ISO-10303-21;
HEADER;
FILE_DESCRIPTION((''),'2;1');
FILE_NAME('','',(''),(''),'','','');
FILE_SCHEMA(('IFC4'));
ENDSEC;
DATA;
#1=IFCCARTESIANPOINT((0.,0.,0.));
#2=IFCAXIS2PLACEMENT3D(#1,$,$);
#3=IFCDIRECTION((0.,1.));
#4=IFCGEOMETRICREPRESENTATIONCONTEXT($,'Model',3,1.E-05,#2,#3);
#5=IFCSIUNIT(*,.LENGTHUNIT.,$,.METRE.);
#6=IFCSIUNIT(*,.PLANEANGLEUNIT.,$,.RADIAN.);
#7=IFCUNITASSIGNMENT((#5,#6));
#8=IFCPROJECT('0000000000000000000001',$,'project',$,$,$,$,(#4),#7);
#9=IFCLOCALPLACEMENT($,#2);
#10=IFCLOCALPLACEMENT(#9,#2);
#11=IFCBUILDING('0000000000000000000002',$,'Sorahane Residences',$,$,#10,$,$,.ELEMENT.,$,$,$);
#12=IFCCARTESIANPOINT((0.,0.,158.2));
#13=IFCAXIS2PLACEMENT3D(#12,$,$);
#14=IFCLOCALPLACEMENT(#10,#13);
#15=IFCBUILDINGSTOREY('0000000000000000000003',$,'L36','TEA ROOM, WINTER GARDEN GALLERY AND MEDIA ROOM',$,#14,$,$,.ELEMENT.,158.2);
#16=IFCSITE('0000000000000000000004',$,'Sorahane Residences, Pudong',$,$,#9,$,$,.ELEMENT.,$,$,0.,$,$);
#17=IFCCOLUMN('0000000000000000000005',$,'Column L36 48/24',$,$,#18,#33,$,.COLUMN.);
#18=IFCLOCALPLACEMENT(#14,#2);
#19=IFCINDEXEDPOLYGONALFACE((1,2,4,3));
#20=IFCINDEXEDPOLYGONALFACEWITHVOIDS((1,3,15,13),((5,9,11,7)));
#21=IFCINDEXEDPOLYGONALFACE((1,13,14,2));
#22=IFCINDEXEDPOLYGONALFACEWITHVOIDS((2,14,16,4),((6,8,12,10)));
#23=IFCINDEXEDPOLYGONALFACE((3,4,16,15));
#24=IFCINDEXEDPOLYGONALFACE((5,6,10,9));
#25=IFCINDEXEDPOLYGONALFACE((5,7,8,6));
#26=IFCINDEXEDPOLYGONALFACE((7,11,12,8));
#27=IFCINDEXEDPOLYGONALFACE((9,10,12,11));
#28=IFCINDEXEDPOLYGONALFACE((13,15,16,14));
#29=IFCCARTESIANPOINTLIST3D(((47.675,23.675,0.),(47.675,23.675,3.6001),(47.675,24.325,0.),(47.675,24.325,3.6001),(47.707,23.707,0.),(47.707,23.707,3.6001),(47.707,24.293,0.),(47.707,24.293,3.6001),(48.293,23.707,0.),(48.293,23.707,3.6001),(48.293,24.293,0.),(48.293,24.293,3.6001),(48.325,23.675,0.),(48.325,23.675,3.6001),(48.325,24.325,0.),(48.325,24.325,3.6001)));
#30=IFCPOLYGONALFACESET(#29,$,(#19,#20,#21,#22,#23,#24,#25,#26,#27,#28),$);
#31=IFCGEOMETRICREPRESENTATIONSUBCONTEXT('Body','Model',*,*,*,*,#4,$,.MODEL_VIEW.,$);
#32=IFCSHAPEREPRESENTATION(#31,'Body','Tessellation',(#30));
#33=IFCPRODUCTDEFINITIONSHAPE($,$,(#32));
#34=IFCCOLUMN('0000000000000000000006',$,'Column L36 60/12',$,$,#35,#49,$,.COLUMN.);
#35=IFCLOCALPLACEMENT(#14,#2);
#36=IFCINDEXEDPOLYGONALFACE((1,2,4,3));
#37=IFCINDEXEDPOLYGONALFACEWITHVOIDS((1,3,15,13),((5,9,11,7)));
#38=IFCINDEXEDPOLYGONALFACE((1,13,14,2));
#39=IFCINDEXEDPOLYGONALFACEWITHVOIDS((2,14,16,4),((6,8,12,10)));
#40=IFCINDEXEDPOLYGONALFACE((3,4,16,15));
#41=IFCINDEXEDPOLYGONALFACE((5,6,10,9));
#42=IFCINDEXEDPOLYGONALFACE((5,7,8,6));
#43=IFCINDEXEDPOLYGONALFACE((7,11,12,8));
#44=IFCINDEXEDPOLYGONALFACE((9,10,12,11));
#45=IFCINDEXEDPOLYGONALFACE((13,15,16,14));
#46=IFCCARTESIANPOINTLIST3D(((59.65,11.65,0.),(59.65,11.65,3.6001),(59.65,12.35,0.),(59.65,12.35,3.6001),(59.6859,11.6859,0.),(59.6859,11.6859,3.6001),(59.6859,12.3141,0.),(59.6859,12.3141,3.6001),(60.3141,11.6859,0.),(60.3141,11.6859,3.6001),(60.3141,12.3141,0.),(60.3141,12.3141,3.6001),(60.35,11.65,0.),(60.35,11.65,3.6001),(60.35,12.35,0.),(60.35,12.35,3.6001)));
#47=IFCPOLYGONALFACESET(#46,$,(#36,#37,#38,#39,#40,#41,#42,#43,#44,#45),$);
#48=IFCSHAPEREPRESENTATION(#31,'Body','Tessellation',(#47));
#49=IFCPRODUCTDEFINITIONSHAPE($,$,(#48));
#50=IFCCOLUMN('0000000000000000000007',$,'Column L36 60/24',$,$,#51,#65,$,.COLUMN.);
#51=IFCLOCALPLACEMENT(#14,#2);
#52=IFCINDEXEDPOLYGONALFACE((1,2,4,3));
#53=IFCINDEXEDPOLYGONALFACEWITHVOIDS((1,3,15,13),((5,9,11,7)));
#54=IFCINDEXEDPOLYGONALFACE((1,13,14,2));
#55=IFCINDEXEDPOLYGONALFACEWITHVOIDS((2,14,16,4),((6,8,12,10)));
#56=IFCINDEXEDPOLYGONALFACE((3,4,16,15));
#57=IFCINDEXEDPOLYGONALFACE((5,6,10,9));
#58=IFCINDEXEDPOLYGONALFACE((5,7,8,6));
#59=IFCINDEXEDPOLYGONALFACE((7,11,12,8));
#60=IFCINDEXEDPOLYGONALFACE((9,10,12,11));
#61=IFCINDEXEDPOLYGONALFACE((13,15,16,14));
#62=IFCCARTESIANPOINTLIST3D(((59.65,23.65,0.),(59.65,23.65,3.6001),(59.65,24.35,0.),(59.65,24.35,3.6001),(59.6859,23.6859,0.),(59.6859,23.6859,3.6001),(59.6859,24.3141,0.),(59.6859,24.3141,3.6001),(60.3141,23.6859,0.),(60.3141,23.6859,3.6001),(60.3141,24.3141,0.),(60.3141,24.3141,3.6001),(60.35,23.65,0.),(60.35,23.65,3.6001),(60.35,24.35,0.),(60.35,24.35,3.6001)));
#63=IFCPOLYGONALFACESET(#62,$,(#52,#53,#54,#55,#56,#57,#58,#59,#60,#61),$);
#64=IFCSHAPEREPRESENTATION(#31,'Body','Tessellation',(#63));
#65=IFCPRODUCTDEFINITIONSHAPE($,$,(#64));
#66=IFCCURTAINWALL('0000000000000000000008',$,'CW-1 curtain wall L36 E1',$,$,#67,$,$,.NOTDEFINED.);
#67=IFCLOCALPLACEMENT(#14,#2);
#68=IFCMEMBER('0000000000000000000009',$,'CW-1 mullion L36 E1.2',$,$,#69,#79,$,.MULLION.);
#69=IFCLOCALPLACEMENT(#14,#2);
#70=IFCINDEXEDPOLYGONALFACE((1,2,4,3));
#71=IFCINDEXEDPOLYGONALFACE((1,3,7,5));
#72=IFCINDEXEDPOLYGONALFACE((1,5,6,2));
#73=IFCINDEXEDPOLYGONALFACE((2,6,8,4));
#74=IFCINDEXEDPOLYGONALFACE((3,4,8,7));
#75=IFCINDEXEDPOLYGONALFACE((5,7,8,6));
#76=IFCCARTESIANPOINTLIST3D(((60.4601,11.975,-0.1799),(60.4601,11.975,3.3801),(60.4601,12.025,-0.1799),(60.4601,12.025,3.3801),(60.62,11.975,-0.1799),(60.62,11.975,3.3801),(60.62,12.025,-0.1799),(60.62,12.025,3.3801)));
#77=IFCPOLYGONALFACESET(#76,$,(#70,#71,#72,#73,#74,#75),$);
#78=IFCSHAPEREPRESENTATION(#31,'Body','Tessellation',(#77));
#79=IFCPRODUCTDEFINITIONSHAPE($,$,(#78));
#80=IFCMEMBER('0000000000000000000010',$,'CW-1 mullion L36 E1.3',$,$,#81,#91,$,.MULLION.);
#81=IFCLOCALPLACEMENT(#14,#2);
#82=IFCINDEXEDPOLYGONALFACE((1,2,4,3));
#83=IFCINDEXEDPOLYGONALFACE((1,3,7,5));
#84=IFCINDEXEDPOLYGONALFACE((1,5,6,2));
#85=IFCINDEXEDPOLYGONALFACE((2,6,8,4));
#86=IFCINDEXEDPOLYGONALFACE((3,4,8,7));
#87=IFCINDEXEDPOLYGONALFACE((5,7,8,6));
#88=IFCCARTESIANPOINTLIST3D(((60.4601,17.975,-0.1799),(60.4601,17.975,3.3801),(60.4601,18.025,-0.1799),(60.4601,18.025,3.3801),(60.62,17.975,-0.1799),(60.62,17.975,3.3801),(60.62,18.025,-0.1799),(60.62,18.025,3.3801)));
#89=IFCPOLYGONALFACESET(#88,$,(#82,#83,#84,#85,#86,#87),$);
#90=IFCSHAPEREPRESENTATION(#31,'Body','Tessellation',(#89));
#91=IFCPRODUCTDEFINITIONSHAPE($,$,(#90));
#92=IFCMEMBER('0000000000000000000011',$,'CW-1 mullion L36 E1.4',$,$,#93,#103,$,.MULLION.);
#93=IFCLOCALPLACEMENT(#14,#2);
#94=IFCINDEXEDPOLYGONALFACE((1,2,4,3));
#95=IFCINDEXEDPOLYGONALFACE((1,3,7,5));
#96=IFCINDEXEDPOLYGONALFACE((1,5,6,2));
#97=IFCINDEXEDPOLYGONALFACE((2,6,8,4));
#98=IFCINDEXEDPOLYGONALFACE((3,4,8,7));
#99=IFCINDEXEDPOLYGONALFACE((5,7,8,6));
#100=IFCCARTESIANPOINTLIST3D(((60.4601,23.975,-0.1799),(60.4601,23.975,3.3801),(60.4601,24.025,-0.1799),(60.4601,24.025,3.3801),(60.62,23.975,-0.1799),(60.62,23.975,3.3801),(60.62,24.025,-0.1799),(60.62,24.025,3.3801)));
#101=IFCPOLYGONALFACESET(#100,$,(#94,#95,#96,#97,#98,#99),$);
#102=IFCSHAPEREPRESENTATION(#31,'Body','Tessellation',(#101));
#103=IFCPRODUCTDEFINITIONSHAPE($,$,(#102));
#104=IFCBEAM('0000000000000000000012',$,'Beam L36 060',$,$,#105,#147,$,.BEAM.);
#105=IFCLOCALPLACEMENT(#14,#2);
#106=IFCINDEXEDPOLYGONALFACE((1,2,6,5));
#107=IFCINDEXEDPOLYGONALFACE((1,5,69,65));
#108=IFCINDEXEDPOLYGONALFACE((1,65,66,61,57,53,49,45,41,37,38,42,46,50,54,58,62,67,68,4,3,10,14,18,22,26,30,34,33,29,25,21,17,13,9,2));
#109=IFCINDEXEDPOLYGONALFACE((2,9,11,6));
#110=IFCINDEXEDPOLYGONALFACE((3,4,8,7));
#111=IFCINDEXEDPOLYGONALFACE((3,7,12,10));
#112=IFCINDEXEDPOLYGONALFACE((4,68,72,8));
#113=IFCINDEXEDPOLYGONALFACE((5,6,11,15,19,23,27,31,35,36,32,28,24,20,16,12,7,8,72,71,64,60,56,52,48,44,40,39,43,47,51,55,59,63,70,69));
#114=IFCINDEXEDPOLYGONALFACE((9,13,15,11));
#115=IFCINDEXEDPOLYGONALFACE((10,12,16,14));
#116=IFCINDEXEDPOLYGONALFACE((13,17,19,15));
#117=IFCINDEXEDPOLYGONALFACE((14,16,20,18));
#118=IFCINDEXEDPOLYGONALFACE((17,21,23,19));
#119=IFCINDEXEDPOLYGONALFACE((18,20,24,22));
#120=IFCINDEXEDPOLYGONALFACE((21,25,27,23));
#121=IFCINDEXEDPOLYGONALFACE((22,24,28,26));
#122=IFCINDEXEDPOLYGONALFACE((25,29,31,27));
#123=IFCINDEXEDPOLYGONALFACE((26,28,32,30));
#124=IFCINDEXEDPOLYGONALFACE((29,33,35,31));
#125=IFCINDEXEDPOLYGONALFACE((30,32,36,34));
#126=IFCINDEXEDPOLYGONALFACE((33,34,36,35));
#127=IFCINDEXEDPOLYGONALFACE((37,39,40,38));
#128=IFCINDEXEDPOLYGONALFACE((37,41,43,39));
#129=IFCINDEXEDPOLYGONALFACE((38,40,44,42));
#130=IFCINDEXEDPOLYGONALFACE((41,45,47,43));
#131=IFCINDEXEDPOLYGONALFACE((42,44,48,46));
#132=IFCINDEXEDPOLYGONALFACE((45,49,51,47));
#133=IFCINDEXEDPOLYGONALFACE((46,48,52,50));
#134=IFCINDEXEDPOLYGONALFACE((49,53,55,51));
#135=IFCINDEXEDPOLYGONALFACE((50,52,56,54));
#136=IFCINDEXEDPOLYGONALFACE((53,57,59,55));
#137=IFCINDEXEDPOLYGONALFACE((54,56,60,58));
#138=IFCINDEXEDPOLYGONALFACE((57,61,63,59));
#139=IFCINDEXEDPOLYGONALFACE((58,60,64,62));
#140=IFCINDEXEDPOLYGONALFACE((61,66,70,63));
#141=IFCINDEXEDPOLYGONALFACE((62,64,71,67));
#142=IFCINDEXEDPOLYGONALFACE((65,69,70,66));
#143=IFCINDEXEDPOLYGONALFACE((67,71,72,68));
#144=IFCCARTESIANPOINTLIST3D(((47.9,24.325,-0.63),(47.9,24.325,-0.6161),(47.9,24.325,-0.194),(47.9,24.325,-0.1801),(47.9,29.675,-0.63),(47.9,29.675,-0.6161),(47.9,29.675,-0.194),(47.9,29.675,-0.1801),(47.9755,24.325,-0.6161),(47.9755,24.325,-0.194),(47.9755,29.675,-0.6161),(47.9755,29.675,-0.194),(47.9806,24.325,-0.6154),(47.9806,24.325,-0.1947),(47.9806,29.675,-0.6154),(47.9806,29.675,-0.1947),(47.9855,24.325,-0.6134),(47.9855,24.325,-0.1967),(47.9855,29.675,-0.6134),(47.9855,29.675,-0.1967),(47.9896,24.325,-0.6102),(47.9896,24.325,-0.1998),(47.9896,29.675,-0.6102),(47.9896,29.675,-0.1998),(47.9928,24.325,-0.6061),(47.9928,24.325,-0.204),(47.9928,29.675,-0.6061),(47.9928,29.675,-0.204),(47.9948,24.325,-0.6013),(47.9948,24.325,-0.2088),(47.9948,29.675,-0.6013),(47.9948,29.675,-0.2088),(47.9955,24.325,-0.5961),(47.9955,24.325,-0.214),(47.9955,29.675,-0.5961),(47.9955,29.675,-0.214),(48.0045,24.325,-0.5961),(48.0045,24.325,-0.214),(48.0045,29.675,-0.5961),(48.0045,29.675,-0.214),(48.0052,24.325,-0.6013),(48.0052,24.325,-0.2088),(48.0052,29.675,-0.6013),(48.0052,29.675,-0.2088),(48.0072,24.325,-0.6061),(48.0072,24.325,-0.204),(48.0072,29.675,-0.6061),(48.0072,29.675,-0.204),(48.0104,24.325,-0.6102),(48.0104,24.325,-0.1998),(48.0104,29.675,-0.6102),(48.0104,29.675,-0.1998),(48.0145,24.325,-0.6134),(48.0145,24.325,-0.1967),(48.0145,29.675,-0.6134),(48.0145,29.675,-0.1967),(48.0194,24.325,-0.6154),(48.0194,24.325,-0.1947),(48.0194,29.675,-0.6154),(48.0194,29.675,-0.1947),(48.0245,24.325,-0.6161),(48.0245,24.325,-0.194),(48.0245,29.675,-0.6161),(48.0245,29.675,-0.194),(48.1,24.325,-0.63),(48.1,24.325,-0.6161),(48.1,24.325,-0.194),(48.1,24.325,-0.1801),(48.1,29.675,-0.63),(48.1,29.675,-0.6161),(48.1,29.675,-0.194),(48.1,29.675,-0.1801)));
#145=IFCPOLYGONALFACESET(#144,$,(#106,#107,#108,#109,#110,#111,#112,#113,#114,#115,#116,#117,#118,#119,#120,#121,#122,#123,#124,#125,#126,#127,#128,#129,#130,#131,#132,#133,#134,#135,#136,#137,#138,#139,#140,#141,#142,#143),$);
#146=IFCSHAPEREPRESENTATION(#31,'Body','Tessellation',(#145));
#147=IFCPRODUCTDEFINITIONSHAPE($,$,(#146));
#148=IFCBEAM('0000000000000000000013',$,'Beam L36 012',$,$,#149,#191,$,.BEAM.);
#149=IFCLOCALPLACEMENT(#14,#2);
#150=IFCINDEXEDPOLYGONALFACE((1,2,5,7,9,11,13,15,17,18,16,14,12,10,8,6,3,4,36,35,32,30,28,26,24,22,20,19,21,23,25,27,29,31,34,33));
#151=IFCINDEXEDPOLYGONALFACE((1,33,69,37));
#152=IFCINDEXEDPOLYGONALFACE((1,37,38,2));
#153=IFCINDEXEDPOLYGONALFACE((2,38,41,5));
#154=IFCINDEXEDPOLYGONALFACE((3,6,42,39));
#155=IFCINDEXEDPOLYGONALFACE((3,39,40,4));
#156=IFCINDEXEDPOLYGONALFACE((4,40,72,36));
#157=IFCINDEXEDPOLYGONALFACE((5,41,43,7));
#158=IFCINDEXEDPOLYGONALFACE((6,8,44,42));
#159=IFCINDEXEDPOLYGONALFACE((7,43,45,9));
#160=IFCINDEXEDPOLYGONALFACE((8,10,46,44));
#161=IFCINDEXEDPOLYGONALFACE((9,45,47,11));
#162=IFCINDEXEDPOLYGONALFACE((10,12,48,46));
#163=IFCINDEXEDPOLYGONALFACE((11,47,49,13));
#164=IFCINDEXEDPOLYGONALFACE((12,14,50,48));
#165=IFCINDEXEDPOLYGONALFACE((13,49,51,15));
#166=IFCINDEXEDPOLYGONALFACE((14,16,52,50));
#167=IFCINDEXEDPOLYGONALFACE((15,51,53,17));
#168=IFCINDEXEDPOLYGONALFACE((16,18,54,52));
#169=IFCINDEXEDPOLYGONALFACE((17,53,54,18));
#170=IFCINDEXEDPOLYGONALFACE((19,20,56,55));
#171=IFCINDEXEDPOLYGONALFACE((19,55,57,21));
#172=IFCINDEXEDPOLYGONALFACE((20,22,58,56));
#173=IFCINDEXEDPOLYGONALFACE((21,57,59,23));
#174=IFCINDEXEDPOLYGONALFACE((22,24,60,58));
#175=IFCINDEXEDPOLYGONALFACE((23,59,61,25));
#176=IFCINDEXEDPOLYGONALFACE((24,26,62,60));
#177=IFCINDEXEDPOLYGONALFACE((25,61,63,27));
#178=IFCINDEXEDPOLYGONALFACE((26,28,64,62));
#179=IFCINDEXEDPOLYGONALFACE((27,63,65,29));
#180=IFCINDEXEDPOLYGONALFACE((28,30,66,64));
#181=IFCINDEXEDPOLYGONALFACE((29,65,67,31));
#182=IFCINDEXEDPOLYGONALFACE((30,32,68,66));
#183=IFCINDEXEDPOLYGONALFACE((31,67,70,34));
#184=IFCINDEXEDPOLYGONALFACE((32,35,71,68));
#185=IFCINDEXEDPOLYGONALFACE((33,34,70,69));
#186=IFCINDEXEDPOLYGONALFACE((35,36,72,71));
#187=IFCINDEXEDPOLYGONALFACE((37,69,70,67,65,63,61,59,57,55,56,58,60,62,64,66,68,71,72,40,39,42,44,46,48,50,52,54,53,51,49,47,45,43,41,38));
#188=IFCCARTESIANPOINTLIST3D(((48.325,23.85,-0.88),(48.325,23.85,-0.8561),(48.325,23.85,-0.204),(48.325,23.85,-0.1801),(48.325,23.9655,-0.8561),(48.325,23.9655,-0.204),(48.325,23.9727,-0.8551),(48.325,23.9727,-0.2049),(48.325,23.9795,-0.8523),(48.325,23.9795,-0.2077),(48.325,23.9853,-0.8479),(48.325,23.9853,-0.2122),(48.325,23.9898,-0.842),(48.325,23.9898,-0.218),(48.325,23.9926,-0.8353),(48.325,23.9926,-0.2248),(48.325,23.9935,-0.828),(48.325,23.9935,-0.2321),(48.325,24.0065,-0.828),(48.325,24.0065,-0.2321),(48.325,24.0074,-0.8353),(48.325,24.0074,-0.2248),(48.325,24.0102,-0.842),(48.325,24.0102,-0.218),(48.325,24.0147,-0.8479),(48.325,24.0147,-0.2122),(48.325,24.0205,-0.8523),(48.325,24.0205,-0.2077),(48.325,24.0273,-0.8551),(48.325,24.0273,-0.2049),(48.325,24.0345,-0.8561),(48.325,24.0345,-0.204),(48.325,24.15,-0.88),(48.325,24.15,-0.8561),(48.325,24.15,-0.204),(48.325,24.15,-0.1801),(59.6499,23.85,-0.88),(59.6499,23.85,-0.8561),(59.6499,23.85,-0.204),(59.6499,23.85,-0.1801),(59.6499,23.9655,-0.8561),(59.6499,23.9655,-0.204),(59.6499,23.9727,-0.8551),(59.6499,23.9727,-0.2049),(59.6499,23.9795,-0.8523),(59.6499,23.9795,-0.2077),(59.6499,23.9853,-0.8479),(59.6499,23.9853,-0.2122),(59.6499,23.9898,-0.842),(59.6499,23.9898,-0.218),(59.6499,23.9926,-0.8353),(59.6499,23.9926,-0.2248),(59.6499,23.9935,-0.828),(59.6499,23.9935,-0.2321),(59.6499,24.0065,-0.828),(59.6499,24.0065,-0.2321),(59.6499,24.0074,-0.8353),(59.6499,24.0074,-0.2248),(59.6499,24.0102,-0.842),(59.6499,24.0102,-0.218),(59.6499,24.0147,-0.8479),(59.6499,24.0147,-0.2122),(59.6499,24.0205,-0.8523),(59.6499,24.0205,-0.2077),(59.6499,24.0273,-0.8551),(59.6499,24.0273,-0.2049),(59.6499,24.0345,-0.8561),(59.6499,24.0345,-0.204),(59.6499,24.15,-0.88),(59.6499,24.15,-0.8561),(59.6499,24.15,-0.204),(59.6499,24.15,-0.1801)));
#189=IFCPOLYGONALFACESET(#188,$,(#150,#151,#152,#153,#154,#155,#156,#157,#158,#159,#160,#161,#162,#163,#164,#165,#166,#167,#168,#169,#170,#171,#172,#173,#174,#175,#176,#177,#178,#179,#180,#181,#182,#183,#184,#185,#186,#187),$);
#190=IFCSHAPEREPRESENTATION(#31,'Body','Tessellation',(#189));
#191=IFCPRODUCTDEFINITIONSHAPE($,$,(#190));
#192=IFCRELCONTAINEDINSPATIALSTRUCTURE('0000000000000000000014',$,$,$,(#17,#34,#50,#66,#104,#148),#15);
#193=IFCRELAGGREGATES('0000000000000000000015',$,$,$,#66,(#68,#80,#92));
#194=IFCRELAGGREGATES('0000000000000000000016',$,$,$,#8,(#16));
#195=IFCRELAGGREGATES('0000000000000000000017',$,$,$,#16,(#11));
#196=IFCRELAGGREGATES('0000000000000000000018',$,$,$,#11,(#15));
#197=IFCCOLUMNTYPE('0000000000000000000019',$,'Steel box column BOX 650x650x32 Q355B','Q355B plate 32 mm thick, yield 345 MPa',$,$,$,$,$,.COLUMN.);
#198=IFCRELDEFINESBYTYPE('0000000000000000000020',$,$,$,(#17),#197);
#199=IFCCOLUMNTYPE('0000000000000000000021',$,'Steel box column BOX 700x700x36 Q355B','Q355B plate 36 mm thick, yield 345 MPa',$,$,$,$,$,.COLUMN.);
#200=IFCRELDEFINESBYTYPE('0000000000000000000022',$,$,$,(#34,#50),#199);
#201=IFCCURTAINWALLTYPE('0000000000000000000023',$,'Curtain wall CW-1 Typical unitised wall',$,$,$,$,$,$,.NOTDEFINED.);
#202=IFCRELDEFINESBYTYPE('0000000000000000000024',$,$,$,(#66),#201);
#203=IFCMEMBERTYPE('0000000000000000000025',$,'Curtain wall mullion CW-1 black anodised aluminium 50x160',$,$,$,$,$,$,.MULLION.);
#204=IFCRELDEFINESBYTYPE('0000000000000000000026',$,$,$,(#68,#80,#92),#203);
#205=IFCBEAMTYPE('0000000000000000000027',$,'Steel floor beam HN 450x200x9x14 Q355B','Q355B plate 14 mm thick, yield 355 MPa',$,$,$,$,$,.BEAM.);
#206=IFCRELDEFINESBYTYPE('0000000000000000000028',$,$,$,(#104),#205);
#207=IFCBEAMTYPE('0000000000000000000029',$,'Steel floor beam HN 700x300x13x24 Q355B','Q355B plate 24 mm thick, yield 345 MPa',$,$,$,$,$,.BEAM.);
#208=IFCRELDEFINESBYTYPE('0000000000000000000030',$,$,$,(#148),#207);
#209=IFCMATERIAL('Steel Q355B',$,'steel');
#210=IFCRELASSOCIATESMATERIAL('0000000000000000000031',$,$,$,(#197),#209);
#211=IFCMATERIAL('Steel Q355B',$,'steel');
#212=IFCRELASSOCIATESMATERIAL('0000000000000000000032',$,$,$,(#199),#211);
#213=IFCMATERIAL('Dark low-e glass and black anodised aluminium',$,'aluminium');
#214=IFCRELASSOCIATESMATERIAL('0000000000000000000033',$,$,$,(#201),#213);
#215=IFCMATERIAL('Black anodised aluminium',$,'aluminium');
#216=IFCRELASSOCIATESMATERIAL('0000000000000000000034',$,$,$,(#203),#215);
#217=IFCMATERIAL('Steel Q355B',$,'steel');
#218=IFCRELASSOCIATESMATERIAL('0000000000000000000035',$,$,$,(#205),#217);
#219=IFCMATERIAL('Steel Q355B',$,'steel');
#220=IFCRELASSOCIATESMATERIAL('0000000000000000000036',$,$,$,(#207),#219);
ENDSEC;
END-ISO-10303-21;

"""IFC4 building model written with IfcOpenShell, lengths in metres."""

from ifc_helpers import new_model, si_unit, direction, frame, origin, origin_2d, place, context, subcontext, project, spatial, rectangle, hollow_rectangle, i_section, extrude, material, material_profile, profile_set, type_object, element, aggregate, save


model = new_model("IFC4")

# Units and contexts
model_context = context("Model", 3, precision=1e-05, world=origin(), true_north=direction((0.0, 1.0)))
body_context = subcontext(model_context, "Body", "Model", "MODEL_VIEW")
ifc_project = project(units=[si_unit("LENGTHUNIT", "METRE"), si_unit("PLANEANGLEUNIT", "RADIAN")], contexts=[model_context])

# Site, building, storey
site_placement = place(None, origin())
site = spatial("IfcSite", under=ifc_project, at=site_placement, Name="Sorahane Residences, Pudong", CompositionType="ELEMENT", RefElevation=0.0)
building_placement = place(site_placement, origin())
building = spatial("IfcBuilding", under=site, at=building_placement, Name="Sorahane Residences", CompositionType="ELEMENT")
storey_placement = place(building_placement, frame((0.0, 0.0, 158.2)))
storey = spatial("IfcBuildingStorey", under=building, at=storey_placement, Name="L36", Description="TEA ROOM, WINTER GARDEN GALLERY AND MEDIA ROOM", CompositionType="ELEMENT", Elevation=158.2)

# Columns
ifc_material_1 = material(Name="Steel Q355B", Category="steel")
ifc_material_profile_1 = material_profile(ifc_material_1, hollow_rectangle(XDim=0.6499, YDim=0.6499, WallThickness=0.032, at=origin_2d()), Name="BOX 650x650x32")
ifc_profile_set_1 = profile_set([ifc_material_profile_1], Name="Steel Q355B")
column_type_1 = type_object("IfcColumnType", Name="Steel box column BOX 650x650x32 Q355B", Description="Q355B plate 32 mm thick, yield 345 MPa", PredefinedType="COLUMN", material=ifc_profile_set_1)
column_placement = place(storey_placement, frame((48.0, 24.0, 0.0), z_axis=(0.0, 0.0, 1.0), x_axis=(1.0, 0.0, 0.0)))
element("IfcColumn", 1, at=column_placement, inside=storey, type_object=column_type_1, Name="Column L36 48/24", PredefinedType="COLUMN", context=body_context, shape_type="SweptSolid", body=[
    extrude(hollow_rectangle(XDim=0.6499, YDim=0.6499, WallThickness=0.032, at=origin_2d()), origin(), (0.0, 0.0, 1.0), 3.6001),
])
ifc_material_2 = material(Name="Steel Q355B", Category="steel")
ifc_material_profile_2 = material_profile(ifc_material_2, hollow_rectangle(XDim=0.7, YDim=0.7, WallThickness=0.0359, at=origin_2d()), Name="BOX 700x700x36")
ifc_profile_set_2 = profile_set([ifc_material_profile_2], Name="Steel Q355B")
column_type_2 = type_object("IfcColumnType", Name="Steel box column BOX 700x700x36 Q355B", Description="Q355B plate 36 mm thick, yield 345 MPa", PredefinedType="COLUMN", material=ifc_profile_set_2)
for number, where, z_axis, x_axis, name in (
    (2, (60.0, 12.0, 0.0), (0.0, 0.0, 1.0), (1.0, 0.0, 0.0), "Column L36 60/12"),
    (3, (60.0, 24.0, 0.0), (0.0, 0.0, 1.0), (1.0, 0.0, 0.0), "Column L36 60/24"),
):
    element("IfcColumn", number, at=place(storey_placement, frame(where, z_axis=z_axis, x_axis=x_axis)), inside=storey, type_object=column_type_2, Name=name, PredefinedType="COLUMN", context=body_context, shape_type="SweptSolid", body=[
        extrude(hollow_rectangle(XDim=0.7, YDim=0.7, WallThickness=0.0359, at=origin_2d()), origin(), (0.0, 0.0, 1.0), 3.6001),
    ])

# Curtain wall, members
ifc_material_3 = material(Name="Dark low-e glass and black anodised aluminium", Category="aluminium")
curtain_wall_type = type_object("IfcCurtainWallType", Name="Curtain wall CW-1 Typical unitised wall", PredefinedType="NOTDEFINED", material=ifc_material_3)
curtain_wall_placement = place(storey_placement, origin())
curtain_wall = element("IfcCurtainWall", 4, at=curtain_wall_placement, inside=storey, type_object=curtain_wall_type, Name="CW-1 curtain wall L36 E1", PredefinedType="NOTDEFINED")
ifc_material_4 = material(Name="Black anodised aluminium", Category="aluminium")
ifc_material_profile_3 = material_profile(ifc_material_4, rectangle(XDim=0.1599, YDim=0.05, at=origin_2d()), Name="Curtain wall mullion CW-1 black anodised aluminium 50x160")
ifc_profile_set_3 = profile_set([ifc_material_profile_3], Name="Black anodised aluminium")
member_type = type_object("IfcMemberType", Name="Curtain wall mullion CW-1 black anodised aluminium 50x160", PredefinedType="MULLION", material=ifc_profile_set_3)
member_1_placement = place(storey_placement, frame((60.54, 12.0, -0.1799), z_axis=(0.0, 0.0, 1.0), x_axis=(1.0, 0.0, 0.0)))
member_1 = element("IfcMember", 5, at=member_1_placement, type_object=member_type, Name="CW-1 mullion L36 E1.2", PredefinedType="MULLION", context=body_context, shape_type="SweptSolid", body=[
    extrude(rectangle(XDim=0.1599, YDim=0.05, at=origin_2d()), origin(), (0.0, 0.0, 1.0), 3.5601),
])
member_2_placement = place(storey_placement, frame((60.54, 18.0, -0.1799), z_axis=(0.0, 0.0, 1.0), x_axis=(1.0, 0.0, 0.0)))
member_2 = element("IfcMember", 6, at=member_2_placement, type_object=member_type, Name="CW-1 mullion L36 E1.3", PredefinedType="MULLION", context=body_context, shape_type="SweptSolid", body=[
    extrude(rectangle(XDim=0.1599, YDim=0.05, at=origin_2d()), origin(), (0.0, 0.0, 1.0), 3.5601),
])
member_3_placement = place(storey_placement, frame((60.54, 24.0, -0.1799), z_axis=(0.0, 0.0, 1.0), x_axis=(1.0, 0.0, 0.0)))
member_3 = element("IfcMember", 7, at=member_3_placement, type_object=member_type, Name="CW-1 mullion L36 E1.4", PredefinedType="MULLION", context=body_context, shape_type="SweptSolid", body=[
    extrude(rectangle(XDim=0.1599, YDim=0.05, at=origin_2d()), origin(), (0.0, 0.0, 1.0), 3.5601),
])

# Beams
ifc_material_5 = material(Name="Steel Q355B", Category="steel")
ifc_material_profile_4 = material_profile(ifc_material_5, i_section(OverallWidth=0.2, OverallDepth=0.45, WebThickness=0.009, FlangeThickness=0.0139, FilletRadius=0.02, at=origin_2d()), Name="HN 450x200x9x14")
ifc_profile_set_4 = profile_set([ifc_material_profile_4], Name="Steel Q355B")
beam_type_1 = type_object("IfcBeamType", Name="Steel floor beam HN 450x200x9x14 Q355B", Description="Q355B plate 14 mm thick, yield 355 MPa", PredefinedType="BEAM", material=ifc_profile_set_4)
beam_1_placement = place(storey_placement, frame((48.0, 24.325, -0.405), z_axis=(0.0, 1.0, 0.0), x_axis=(-1.0, 0.0, 0.0)))
element("IfcBeam", 8, at=beam_1_placement, inside=storey, type_object=beam_type_1, Name="Beam L36 060", PredefinedType="BEAM", context=body_context, shape_type="SweptSolid", body=[
    extrude(i_section(OverallWidth=0.2, OverallDepth=0.45, WebThickness=0.009, FlangeThickness=0.0139, FilletRadius=0.02, at=origin_2d()), origin(), (0.0, 0.0, 1.0), 5.3501),
])
ifc_material_6 = material(Name="Steel Q355B", Category="steel")
ifc_material_profile_5 = material_profile(ifc_material_6, i_section(OverallWidth=0.3, OverallDepth=0.7, WebThickness=0.0129, FlangeThickness=0.0239, FilletRadius=0.0281, at=origin_2d()), Name="HN 700x300x13x24")
ifc_profile_set_5 = profile_set([ifc_material_profile_5], Name="Steel Q355B")
beam_type_2 = type_object("IfcBeamType", Name="Steel floor beam HN 700x300x13x24 Q355B", Description="Q355B plate 24 mm thick, yield 345 MPa", PredefinedType="BEAM", material=ifc_profile_set_5)
beam_2_placement = place(storey_placement, frame((48.325, 24.0, -0.53), z_axis=(1.0, 0.0, 0.0), x_axis=(0.0, 1.0, 0.0)))
element("IfcBeam", 9, at=beam_2_placement, inside=storey, type_object=beam_type_2, Name="Beam L36 012", PredefinedType="BEAM", context=body_context, shape_type="SweptSolid", body=[
    extrude(i_section(OverallWidth=0.3, OverallDepth=0.7, WebThickness=0.0129, FlangeThickness=0.0239, FilletRadius=0.0281, at=origin_2d()), origin(), (0.0, 0.0, 1.0), 11.325),
])

aggregate(curtain_wall, [member_1, member_2, member_3])

save(model, "model.ifc")
